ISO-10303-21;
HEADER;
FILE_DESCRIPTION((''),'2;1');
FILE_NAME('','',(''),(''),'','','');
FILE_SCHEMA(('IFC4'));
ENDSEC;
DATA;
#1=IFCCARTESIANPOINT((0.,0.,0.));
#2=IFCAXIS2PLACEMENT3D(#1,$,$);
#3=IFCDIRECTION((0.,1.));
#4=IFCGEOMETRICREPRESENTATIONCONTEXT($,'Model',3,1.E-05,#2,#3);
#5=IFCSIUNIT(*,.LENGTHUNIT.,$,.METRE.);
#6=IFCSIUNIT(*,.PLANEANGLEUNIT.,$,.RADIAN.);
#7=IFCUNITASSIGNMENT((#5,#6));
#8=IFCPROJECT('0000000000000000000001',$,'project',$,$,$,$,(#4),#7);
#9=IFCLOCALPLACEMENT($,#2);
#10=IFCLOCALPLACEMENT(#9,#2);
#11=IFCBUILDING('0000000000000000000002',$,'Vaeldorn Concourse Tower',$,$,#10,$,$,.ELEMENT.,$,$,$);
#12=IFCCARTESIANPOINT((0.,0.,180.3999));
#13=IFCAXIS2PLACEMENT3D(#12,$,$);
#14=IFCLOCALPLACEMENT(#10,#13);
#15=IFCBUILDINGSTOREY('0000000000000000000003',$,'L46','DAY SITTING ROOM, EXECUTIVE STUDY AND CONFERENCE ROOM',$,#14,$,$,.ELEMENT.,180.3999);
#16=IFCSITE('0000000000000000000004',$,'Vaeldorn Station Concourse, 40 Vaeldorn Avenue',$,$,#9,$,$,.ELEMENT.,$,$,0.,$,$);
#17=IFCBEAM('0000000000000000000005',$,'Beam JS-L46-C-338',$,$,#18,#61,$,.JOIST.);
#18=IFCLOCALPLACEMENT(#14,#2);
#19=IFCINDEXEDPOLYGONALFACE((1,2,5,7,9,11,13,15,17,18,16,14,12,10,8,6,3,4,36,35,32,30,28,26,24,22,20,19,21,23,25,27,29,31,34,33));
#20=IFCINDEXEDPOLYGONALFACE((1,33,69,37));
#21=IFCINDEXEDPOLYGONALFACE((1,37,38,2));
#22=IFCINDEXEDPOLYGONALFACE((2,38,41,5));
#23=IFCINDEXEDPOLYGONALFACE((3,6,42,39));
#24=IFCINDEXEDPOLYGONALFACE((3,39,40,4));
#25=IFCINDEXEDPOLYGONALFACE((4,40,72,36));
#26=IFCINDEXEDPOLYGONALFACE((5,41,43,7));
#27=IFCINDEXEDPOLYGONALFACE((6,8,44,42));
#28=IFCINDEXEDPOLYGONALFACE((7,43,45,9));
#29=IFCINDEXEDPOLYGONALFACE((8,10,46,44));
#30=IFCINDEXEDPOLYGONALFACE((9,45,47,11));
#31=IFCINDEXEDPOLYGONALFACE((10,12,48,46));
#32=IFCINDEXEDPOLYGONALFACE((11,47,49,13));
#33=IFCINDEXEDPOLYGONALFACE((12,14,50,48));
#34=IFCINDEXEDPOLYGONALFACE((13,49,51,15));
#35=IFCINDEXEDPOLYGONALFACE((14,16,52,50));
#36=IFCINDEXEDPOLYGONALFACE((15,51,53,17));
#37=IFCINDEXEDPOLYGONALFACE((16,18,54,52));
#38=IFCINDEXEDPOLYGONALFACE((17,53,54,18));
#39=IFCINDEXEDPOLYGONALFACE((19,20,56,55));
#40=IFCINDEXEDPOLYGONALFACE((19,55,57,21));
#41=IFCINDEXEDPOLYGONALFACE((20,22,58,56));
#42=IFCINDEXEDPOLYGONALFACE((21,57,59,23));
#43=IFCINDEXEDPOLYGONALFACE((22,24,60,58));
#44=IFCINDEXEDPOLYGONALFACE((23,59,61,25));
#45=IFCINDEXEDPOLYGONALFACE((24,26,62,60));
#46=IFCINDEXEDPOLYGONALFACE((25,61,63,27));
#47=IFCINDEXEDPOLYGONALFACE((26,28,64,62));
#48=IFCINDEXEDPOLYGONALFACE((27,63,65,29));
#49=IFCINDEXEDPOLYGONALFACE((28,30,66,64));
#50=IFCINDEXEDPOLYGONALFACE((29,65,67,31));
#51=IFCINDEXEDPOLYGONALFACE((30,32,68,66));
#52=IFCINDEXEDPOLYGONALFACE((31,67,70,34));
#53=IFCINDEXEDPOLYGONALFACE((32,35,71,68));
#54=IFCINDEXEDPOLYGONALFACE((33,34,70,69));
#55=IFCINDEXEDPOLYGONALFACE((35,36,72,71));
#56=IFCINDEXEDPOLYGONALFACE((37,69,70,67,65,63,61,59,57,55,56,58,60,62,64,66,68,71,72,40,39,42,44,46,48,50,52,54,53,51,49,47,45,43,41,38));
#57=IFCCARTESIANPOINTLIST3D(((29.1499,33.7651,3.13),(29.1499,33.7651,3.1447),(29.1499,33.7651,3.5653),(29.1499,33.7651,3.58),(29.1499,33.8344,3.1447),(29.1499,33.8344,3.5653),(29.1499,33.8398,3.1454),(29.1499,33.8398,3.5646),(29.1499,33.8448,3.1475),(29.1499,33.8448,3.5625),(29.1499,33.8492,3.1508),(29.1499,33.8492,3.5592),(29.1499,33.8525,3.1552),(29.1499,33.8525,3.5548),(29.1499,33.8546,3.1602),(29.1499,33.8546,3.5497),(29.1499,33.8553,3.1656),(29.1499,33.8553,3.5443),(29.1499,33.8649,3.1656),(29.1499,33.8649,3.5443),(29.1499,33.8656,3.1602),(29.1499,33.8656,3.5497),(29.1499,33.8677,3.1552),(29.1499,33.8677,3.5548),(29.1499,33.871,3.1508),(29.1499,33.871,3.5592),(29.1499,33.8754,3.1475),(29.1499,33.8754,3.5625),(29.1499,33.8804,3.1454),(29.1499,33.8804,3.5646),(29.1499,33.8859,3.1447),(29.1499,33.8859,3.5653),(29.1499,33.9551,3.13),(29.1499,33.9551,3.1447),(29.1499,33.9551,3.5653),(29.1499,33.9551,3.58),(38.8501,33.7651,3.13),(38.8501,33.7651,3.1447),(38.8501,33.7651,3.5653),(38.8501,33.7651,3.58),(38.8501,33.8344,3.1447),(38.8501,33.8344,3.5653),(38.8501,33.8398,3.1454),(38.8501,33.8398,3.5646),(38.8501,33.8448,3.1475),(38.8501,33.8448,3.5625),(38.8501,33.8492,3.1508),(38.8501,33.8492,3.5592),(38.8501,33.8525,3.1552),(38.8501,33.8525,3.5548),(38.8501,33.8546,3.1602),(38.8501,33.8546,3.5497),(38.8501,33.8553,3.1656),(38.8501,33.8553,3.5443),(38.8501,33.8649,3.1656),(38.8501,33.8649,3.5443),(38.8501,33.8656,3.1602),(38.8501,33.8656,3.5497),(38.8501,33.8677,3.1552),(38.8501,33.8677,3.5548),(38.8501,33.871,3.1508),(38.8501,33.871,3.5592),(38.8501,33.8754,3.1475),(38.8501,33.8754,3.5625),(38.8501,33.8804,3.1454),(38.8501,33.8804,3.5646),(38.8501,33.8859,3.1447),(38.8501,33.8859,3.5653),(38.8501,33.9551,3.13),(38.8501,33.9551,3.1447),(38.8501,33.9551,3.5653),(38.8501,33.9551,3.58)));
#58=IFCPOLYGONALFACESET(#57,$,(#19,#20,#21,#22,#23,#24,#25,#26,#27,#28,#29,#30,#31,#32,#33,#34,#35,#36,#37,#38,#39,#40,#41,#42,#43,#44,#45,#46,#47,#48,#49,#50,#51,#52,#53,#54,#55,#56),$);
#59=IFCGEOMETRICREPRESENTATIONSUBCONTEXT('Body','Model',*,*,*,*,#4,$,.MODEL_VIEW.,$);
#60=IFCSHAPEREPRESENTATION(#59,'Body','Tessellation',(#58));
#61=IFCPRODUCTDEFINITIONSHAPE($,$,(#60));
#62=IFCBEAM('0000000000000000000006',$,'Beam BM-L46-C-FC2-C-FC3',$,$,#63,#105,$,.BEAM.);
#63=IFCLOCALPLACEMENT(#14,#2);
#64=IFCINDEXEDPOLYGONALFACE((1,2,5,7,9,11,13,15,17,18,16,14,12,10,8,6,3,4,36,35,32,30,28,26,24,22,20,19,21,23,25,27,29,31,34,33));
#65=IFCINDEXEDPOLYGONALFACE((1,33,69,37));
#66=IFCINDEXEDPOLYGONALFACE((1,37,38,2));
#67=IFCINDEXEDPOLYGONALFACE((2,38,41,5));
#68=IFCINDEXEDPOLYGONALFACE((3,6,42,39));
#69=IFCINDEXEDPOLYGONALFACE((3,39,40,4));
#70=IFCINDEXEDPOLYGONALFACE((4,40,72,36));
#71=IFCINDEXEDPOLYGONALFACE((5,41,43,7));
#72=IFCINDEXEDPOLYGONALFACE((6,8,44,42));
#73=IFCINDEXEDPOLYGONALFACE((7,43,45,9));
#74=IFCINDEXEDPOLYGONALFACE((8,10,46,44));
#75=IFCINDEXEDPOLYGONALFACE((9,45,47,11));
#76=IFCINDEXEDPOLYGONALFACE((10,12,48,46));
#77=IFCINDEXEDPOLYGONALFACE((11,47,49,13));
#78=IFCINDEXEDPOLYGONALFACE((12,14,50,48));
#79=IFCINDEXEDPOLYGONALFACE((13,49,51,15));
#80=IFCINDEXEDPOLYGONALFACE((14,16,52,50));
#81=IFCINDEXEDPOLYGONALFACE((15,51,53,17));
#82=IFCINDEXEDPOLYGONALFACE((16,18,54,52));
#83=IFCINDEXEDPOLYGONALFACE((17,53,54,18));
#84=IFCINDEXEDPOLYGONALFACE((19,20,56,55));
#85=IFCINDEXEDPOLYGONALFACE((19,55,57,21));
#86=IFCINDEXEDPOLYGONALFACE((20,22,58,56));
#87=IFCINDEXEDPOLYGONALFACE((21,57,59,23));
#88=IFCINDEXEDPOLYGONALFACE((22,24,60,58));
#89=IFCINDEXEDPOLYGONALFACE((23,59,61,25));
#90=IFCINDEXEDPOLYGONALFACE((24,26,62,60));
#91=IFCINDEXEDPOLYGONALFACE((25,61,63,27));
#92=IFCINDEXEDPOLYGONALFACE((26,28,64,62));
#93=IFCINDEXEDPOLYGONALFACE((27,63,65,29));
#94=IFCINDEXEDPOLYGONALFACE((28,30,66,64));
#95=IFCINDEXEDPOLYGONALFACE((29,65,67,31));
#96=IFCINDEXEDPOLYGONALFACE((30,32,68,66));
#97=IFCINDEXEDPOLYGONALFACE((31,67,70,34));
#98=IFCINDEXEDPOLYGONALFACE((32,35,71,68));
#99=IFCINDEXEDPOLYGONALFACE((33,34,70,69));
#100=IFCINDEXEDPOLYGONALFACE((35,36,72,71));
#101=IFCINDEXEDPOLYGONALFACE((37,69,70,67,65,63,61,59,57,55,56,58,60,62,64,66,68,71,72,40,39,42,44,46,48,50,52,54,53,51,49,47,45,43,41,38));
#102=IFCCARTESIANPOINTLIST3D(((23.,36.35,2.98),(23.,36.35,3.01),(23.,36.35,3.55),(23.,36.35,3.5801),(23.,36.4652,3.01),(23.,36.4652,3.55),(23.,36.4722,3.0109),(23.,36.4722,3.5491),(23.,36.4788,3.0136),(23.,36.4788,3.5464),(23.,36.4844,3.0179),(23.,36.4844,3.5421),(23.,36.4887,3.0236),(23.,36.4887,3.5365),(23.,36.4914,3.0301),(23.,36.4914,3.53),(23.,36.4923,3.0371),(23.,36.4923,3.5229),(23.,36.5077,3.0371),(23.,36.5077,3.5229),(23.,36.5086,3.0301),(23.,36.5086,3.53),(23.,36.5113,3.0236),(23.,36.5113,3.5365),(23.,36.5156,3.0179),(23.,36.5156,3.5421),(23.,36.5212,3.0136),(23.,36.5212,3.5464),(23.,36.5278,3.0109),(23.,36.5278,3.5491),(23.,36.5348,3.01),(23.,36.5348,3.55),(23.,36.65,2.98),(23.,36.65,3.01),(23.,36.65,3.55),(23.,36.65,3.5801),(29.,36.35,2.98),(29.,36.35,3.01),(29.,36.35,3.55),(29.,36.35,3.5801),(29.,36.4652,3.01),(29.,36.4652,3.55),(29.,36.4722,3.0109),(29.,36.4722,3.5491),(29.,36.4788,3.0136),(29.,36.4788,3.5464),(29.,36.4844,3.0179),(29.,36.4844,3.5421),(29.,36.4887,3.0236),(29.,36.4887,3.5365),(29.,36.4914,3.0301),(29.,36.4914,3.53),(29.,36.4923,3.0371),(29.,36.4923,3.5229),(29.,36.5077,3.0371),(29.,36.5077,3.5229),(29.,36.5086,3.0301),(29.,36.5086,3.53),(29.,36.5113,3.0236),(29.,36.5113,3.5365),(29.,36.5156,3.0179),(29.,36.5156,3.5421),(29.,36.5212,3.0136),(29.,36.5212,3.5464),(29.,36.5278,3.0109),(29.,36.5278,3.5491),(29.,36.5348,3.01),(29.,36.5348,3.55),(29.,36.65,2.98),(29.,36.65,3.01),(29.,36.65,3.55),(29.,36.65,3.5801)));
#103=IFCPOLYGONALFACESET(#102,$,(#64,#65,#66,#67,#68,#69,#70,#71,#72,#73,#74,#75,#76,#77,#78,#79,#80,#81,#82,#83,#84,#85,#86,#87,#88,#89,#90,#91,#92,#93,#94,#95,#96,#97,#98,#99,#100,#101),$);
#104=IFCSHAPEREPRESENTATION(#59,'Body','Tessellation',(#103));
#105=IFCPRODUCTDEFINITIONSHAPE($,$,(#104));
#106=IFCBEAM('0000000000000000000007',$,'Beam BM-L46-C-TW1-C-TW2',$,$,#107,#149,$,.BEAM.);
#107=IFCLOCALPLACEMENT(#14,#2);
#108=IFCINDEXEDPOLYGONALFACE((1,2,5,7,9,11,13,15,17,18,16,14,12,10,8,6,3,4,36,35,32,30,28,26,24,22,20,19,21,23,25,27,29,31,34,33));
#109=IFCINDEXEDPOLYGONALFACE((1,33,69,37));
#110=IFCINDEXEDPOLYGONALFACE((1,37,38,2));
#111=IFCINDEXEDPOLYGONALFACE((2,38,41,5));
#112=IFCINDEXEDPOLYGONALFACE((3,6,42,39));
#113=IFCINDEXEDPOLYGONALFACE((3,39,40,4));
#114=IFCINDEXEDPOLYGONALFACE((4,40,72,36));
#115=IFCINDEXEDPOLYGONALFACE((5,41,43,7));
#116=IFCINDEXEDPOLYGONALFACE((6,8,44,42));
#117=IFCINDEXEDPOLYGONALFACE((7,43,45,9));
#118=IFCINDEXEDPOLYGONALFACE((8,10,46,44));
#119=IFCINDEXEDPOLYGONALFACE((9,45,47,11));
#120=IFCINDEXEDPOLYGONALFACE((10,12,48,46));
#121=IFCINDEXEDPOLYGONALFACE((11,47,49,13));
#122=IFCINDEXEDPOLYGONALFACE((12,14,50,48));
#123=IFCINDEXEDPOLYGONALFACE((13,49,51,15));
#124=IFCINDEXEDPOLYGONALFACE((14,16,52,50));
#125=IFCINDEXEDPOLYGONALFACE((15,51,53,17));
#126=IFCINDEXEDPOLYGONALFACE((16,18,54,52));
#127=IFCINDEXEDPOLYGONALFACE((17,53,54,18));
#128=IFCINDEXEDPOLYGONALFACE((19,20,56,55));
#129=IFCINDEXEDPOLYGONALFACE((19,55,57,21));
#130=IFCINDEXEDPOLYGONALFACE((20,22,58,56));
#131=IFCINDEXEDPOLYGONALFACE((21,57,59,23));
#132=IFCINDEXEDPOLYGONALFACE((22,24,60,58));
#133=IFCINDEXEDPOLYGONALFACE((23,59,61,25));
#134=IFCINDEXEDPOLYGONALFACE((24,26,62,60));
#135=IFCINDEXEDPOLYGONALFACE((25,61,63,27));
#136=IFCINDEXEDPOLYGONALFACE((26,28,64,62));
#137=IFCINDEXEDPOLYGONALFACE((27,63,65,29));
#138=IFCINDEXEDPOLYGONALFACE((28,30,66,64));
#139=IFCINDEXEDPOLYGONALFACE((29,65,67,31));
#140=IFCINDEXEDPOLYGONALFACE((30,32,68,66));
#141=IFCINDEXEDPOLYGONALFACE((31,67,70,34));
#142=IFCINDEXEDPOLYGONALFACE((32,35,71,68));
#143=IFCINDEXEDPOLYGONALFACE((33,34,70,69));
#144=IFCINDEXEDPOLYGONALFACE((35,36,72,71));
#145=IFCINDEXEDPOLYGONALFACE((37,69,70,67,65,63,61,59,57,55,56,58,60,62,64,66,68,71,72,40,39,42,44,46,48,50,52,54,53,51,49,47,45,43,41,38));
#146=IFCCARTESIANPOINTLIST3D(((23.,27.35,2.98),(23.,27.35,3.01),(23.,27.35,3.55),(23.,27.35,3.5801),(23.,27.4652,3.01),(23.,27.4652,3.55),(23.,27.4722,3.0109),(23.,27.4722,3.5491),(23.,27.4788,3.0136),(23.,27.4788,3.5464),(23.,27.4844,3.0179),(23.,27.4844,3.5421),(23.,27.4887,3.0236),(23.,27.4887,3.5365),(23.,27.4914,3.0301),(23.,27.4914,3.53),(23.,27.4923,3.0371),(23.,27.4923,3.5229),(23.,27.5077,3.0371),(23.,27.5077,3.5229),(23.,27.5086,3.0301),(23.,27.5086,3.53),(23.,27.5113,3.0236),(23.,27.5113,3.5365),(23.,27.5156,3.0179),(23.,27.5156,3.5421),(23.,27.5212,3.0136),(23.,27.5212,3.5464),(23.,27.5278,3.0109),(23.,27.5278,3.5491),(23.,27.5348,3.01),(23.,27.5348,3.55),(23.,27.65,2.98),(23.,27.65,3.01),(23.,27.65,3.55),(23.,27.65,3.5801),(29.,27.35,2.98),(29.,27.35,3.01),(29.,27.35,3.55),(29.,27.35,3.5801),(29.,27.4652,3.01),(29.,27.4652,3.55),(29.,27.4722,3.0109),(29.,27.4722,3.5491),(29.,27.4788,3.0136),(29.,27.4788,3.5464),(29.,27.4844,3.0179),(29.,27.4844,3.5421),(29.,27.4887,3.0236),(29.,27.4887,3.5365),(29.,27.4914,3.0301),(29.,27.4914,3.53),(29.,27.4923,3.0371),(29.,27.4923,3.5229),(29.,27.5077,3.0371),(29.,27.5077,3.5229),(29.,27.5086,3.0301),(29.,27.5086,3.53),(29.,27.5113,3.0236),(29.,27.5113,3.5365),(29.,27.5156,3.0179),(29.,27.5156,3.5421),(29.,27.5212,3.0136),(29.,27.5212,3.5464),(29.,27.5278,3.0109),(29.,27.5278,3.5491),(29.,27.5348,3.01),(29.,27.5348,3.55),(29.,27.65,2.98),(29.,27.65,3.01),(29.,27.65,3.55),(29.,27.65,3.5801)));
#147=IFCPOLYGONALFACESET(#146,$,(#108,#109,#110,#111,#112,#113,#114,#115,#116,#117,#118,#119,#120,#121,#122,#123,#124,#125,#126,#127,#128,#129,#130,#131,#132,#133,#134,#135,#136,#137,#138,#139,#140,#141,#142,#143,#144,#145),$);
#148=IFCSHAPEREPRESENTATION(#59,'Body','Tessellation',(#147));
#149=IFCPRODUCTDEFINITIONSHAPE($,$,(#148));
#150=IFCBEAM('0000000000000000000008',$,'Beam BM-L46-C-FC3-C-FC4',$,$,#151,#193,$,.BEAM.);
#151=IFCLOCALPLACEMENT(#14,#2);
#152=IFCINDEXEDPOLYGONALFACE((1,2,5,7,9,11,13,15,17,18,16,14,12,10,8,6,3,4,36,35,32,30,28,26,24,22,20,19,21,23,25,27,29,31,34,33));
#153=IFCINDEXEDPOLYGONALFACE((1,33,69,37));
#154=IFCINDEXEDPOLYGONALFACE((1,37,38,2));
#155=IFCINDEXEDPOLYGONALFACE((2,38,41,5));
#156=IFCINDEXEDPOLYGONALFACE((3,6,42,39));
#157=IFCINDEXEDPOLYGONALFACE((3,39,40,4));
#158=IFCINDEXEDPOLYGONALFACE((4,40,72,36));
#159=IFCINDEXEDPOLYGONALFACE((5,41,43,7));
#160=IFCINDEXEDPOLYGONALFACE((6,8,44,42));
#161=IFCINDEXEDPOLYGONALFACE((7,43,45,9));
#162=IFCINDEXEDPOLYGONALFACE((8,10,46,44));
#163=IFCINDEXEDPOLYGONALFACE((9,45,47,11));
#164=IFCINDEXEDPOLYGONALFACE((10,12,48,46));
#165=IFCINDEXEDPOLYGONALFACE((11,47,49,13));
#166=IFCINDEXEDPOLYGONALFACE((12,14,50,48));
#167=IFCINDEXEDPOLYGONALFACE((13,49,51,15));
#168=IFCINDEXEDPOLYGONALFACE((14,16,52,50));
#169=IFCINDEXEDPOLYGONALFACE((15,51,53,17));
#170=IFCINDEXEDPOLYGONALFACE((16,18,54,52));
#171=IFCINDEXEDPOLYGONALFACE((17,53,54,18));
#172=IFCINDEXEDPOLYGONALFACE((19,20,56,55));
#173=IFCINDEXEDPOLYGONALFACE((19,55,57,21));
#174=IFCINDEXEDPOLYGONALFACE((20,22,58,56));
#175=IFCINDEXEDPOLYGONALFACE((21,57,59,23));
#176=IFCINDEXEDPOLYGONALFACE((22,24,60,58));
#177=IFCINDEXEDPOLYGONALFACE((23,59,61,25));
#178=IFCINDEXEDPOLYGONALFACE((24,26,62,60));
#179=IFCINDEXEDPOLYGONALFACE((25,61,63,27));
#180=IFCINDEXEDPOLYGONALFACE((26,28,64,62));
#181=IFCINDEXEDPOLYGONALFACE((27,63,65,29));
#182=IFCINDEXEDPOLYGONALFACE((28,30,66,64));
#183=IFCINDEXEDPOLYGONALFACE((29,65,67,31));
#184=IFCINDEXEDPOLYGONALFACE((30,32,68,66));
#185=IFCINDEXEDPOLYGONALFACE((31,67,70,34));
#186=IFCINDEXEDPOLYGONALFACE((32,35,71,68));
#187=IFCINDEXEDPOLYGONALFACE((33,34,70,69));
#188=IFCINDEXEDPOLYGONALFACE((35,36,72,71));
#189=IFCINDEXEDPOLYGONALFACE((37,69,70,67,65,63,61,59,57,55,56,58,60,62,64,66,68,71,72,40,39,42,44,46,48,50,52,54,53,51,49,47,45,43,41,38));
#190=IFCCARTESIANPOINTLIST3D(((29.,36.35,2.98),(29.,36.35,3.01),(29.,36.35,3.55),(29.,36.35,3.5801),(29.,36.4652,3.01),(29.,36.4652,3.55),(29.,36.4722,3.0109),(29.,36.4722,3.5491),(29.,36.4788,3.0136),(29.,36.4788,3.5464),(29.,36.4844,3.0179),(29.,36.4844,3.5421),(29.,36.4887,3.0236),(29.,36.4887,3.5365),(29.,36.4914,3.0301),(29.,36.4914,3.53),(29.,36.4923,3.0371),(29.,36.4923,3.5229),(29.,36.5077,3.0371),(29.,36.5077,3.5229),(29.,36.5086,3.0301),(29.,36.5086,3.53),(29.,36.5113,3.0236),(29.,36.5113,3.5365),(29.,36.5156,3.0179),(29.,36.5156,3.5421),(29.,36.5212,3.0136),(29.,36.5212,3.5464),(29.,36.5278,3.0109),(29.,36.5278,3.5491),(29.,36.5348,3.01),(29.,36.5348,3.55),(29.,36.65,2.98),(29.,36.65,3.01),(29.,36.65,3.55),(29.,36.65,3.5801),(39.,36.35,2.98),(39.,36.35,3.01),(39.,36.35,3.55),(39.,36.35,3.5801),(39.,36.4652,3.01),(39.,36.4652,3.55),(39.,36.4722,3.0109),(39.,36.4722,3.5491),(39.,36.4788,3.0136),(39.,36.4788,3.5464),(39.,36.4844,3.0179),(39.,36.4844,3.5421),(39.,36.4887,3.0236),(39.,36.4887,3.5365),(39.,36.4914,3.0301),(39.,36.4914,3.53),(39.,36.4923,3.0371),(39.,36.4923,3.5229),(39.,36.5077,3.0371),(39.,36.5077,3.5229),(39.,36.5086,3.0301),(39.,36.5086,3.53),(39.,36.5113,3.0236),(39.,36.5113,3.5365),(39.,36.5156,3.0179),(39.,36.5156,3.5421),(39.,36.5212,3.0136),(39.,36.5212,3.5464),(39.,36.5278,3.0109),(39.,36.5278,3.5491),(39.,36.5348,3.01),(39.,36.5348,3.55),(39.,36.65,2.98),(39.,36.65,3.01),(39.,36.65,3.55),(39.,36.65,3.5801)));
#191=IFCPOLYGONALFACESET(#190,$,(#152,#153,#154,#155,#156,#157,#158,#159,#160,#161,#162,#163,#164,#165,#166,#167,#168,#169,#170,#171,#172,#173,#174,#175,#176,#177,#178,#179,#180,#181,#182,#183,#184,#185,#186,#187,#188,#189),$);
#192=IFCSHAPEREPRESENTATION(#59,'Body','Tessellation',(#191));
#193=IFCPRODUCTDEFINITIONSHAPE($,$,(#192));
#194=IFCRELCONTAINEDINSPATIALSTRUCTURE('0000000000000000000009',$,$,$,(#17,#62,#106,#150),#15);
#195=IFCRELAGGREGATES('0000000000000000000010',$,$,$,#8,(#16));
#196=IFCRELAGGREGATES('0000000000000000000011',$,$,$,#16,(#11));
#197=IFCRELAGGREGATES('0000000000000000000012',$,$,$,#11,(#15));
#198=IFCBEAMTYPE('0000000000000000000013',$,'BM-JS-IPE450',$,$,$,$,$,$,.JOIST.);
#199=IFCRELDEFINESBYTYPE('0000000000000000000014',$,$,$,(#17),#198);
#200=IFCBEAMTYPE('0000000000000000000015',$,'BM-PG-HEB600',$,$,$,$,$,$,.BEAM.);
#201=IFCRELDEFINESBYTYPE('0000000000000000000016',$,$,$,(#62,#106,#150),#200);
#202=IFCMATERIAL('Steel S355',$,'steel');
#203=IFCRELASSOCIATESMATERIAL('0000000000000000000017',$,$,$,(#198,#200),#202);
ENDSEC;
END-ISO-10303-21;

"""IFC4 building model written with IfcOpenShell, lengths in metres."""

from ifc_helpers import new_model, si_unit, direction, frame, origin, origin_2d, place, context, subcontext, project, spatial, i_section, extrude, source, transform, mapped, material, material_profile, profile_set, type_object, element, save


model = new_model("IFC4")

# Units and contexts
model_context = context("Model", 3, precision=1e-05, world=origin(), true_north=direction((0.0, 1.0)))
body_context = subcontext(model_context, "Body", "Model", "MODEL_VIEW")
ifc_project = project(units=[si_unit("LENGTHUNIT", "METRE"), si_unit("PLANEANGLEUNIT", "RADIAN")], contexts=[model_context])

# Site, building, storey
site_placement = place(None, origin())
site = spatial("IfcSite", under=ifc_project, at=site_placement, Name="Vaeldorn Station Concourse, 40 Vaeldorn Avenue", CompositionType="ELEMENT", RefElevation=0.0)
building_placement = place(site_placement, origin())
building = spatial("IfcBuilding", under=site, at=building_placement, Name="Vaeldorn Concourse Tower", CompositionType="ELEMENT")
storey_placement = place(building_placement, frame((0.0, 0.0, 180.3999)))
storey = spatial("IfcBuildingStorey", under=building, at=storey_placement, Name="L46", Description="DAY SITTING ROOM, EXECUTIVE STUDY AND CONFERENCE ROOM", CompositionType="ELEMENT", Elevation=180.3999)

# Shared definitions
ifc_material_1 = material(Name="Steel S355", Category="steel")

# Beams
ifc_material_profile_1 = material_profile(ifc_material_1, i_section(OverallWidth=0.1899, OverallDepth=0.45, WebThickness=0.0095, FlangeThickness=0.0146, FilletRadius=0.021, at=origin_2d()), Name="IPE 450")
ifc_profile_set_1 = profile_set([ifc_material_profile_1], Name="Steel S355")
beam_type_1 = type_object("IfcBeamType", Name="BM-JS-IPE450", PredefinedType="JOIST", material=ifc_profile_set_1)
shared_shape_1 = source(origin(), body_context, "Body", "SweptSolid", [
    extrude(i_section(OverallWidth=0.1899, OverallDepth=0.45, WebThickness=0.0095, FlangeThickness=0.0146, FilletRadius=0.021, at=origin_2d()), origin(), (0.0, 0.0, 1.0), 9.7002),
])
for number, where, z_axis, x_axis, name in (
    (1, (29.1499, 33.8601, 3.355), (1.0, 0.0, 0.0), (0.0, 1.0, 0.0), "Beam JS-L46-C-338"),
):
    element("IfcBeam", number, at=place(storey_placement, frame(where, z_axis=z_axis, x_axis=x_axis)), inside=storey, type_object=beam_type_1, Name=name, PredefinedType="JOIST", context=body_context, shape_type="MappedRepresentation", body=[
        mapped(shared_shape_1, transform((0.0, 0.0, 0.0), scale=1.0)),
    ])
ifc_material_profile_2 = material_profile(ifc_material_1, i_section(OverallWidth=0.3, OverallDepth=0.6001, WebThickness=0.0154, FlangeThickness=0.03, FilletRadius=0.0271, at=origin_2d()), Name="HEB 600")
ifc_profile_set_2 = profile_set([ifc_material_profile_2], Name="Steel S355")
beam_type_2 = type_object("IfcBeamType", Name="BM-PG-HEB600", PredefinedType="BEAM", material=ifc_profile_set_2)
shared_shape_2 = source(origin(), body_context, "Body", "SweptSolid", [
    extrude(i_section(OverallWidth=0.3, OverallDepth=0.6001, WebThickness=0.0154, FlangeThickness=0.03, FilletRadius=0.0271, at=origin_2d()), origin(), (0.0, 0.0, 1.0), 6.0),
])
for number, where, z_axis, x_axis, name in (
    (2, (23.0, 36.5, 3.28), (1.0, 0.0, 0.0), (0.0, 1.0, 0.0), "Beam BM-L46-C-FC2-C-FC3"),
    (3, (23.0, 27.5, 3.28), (1.0, 0.0, 0.0), (0.0, 1.0, 0.0), "Beam BM-L46-C-TW1-C-TW2"),
):
    element("IfcBeam", number, at=place(storey_placement, frame(where, z_axis=z_axis, x_axis=x_axis)), inside=storey, type_object=beam_type_2, Name=name, PredefinedType="BEAM", context=body_context, shape_type="MappedRepresentation", body=[
        mapped(shared_shape_2, transform((0.0, 0.0, 0.0), scale=1.0)),
    ])
shared_shape_3 = source(origin(), body_context, "Body", "SweptSolid", [
    extrude(i_section(OverallWidth=0.3, OverallDepth=0.6001, WebThickness=0.0154, FlangeThickness=0.03, FilletRadius=0.0271, at=origin_2d()), origin(), (0.0, 0.0, 1.0), 10.0),
])
for number, where, z_axis, x_axis, name in (
    (4, (29.0, 36.5, 3.28), (1.0, 0.0, 0.0), (0.0, 1.0, 0.0), "Beam BM-L46-C-FC3-C-FC4"),
):
    element("IfcBeam", number, at=place(storey_placement, frame(where, z_axis=z_axis, x_axis=x_axis)), inside=storey, type_object=beam_type_2, Name=name, PredefinedType="BEAM", context=body_context, shape_type="MappedRepresentation", body=[
        mapped(shared_shape_3, transform((0.0, 0.0, 0.0), scale=1.0)),
    ])

save(model, "model.ifc")
